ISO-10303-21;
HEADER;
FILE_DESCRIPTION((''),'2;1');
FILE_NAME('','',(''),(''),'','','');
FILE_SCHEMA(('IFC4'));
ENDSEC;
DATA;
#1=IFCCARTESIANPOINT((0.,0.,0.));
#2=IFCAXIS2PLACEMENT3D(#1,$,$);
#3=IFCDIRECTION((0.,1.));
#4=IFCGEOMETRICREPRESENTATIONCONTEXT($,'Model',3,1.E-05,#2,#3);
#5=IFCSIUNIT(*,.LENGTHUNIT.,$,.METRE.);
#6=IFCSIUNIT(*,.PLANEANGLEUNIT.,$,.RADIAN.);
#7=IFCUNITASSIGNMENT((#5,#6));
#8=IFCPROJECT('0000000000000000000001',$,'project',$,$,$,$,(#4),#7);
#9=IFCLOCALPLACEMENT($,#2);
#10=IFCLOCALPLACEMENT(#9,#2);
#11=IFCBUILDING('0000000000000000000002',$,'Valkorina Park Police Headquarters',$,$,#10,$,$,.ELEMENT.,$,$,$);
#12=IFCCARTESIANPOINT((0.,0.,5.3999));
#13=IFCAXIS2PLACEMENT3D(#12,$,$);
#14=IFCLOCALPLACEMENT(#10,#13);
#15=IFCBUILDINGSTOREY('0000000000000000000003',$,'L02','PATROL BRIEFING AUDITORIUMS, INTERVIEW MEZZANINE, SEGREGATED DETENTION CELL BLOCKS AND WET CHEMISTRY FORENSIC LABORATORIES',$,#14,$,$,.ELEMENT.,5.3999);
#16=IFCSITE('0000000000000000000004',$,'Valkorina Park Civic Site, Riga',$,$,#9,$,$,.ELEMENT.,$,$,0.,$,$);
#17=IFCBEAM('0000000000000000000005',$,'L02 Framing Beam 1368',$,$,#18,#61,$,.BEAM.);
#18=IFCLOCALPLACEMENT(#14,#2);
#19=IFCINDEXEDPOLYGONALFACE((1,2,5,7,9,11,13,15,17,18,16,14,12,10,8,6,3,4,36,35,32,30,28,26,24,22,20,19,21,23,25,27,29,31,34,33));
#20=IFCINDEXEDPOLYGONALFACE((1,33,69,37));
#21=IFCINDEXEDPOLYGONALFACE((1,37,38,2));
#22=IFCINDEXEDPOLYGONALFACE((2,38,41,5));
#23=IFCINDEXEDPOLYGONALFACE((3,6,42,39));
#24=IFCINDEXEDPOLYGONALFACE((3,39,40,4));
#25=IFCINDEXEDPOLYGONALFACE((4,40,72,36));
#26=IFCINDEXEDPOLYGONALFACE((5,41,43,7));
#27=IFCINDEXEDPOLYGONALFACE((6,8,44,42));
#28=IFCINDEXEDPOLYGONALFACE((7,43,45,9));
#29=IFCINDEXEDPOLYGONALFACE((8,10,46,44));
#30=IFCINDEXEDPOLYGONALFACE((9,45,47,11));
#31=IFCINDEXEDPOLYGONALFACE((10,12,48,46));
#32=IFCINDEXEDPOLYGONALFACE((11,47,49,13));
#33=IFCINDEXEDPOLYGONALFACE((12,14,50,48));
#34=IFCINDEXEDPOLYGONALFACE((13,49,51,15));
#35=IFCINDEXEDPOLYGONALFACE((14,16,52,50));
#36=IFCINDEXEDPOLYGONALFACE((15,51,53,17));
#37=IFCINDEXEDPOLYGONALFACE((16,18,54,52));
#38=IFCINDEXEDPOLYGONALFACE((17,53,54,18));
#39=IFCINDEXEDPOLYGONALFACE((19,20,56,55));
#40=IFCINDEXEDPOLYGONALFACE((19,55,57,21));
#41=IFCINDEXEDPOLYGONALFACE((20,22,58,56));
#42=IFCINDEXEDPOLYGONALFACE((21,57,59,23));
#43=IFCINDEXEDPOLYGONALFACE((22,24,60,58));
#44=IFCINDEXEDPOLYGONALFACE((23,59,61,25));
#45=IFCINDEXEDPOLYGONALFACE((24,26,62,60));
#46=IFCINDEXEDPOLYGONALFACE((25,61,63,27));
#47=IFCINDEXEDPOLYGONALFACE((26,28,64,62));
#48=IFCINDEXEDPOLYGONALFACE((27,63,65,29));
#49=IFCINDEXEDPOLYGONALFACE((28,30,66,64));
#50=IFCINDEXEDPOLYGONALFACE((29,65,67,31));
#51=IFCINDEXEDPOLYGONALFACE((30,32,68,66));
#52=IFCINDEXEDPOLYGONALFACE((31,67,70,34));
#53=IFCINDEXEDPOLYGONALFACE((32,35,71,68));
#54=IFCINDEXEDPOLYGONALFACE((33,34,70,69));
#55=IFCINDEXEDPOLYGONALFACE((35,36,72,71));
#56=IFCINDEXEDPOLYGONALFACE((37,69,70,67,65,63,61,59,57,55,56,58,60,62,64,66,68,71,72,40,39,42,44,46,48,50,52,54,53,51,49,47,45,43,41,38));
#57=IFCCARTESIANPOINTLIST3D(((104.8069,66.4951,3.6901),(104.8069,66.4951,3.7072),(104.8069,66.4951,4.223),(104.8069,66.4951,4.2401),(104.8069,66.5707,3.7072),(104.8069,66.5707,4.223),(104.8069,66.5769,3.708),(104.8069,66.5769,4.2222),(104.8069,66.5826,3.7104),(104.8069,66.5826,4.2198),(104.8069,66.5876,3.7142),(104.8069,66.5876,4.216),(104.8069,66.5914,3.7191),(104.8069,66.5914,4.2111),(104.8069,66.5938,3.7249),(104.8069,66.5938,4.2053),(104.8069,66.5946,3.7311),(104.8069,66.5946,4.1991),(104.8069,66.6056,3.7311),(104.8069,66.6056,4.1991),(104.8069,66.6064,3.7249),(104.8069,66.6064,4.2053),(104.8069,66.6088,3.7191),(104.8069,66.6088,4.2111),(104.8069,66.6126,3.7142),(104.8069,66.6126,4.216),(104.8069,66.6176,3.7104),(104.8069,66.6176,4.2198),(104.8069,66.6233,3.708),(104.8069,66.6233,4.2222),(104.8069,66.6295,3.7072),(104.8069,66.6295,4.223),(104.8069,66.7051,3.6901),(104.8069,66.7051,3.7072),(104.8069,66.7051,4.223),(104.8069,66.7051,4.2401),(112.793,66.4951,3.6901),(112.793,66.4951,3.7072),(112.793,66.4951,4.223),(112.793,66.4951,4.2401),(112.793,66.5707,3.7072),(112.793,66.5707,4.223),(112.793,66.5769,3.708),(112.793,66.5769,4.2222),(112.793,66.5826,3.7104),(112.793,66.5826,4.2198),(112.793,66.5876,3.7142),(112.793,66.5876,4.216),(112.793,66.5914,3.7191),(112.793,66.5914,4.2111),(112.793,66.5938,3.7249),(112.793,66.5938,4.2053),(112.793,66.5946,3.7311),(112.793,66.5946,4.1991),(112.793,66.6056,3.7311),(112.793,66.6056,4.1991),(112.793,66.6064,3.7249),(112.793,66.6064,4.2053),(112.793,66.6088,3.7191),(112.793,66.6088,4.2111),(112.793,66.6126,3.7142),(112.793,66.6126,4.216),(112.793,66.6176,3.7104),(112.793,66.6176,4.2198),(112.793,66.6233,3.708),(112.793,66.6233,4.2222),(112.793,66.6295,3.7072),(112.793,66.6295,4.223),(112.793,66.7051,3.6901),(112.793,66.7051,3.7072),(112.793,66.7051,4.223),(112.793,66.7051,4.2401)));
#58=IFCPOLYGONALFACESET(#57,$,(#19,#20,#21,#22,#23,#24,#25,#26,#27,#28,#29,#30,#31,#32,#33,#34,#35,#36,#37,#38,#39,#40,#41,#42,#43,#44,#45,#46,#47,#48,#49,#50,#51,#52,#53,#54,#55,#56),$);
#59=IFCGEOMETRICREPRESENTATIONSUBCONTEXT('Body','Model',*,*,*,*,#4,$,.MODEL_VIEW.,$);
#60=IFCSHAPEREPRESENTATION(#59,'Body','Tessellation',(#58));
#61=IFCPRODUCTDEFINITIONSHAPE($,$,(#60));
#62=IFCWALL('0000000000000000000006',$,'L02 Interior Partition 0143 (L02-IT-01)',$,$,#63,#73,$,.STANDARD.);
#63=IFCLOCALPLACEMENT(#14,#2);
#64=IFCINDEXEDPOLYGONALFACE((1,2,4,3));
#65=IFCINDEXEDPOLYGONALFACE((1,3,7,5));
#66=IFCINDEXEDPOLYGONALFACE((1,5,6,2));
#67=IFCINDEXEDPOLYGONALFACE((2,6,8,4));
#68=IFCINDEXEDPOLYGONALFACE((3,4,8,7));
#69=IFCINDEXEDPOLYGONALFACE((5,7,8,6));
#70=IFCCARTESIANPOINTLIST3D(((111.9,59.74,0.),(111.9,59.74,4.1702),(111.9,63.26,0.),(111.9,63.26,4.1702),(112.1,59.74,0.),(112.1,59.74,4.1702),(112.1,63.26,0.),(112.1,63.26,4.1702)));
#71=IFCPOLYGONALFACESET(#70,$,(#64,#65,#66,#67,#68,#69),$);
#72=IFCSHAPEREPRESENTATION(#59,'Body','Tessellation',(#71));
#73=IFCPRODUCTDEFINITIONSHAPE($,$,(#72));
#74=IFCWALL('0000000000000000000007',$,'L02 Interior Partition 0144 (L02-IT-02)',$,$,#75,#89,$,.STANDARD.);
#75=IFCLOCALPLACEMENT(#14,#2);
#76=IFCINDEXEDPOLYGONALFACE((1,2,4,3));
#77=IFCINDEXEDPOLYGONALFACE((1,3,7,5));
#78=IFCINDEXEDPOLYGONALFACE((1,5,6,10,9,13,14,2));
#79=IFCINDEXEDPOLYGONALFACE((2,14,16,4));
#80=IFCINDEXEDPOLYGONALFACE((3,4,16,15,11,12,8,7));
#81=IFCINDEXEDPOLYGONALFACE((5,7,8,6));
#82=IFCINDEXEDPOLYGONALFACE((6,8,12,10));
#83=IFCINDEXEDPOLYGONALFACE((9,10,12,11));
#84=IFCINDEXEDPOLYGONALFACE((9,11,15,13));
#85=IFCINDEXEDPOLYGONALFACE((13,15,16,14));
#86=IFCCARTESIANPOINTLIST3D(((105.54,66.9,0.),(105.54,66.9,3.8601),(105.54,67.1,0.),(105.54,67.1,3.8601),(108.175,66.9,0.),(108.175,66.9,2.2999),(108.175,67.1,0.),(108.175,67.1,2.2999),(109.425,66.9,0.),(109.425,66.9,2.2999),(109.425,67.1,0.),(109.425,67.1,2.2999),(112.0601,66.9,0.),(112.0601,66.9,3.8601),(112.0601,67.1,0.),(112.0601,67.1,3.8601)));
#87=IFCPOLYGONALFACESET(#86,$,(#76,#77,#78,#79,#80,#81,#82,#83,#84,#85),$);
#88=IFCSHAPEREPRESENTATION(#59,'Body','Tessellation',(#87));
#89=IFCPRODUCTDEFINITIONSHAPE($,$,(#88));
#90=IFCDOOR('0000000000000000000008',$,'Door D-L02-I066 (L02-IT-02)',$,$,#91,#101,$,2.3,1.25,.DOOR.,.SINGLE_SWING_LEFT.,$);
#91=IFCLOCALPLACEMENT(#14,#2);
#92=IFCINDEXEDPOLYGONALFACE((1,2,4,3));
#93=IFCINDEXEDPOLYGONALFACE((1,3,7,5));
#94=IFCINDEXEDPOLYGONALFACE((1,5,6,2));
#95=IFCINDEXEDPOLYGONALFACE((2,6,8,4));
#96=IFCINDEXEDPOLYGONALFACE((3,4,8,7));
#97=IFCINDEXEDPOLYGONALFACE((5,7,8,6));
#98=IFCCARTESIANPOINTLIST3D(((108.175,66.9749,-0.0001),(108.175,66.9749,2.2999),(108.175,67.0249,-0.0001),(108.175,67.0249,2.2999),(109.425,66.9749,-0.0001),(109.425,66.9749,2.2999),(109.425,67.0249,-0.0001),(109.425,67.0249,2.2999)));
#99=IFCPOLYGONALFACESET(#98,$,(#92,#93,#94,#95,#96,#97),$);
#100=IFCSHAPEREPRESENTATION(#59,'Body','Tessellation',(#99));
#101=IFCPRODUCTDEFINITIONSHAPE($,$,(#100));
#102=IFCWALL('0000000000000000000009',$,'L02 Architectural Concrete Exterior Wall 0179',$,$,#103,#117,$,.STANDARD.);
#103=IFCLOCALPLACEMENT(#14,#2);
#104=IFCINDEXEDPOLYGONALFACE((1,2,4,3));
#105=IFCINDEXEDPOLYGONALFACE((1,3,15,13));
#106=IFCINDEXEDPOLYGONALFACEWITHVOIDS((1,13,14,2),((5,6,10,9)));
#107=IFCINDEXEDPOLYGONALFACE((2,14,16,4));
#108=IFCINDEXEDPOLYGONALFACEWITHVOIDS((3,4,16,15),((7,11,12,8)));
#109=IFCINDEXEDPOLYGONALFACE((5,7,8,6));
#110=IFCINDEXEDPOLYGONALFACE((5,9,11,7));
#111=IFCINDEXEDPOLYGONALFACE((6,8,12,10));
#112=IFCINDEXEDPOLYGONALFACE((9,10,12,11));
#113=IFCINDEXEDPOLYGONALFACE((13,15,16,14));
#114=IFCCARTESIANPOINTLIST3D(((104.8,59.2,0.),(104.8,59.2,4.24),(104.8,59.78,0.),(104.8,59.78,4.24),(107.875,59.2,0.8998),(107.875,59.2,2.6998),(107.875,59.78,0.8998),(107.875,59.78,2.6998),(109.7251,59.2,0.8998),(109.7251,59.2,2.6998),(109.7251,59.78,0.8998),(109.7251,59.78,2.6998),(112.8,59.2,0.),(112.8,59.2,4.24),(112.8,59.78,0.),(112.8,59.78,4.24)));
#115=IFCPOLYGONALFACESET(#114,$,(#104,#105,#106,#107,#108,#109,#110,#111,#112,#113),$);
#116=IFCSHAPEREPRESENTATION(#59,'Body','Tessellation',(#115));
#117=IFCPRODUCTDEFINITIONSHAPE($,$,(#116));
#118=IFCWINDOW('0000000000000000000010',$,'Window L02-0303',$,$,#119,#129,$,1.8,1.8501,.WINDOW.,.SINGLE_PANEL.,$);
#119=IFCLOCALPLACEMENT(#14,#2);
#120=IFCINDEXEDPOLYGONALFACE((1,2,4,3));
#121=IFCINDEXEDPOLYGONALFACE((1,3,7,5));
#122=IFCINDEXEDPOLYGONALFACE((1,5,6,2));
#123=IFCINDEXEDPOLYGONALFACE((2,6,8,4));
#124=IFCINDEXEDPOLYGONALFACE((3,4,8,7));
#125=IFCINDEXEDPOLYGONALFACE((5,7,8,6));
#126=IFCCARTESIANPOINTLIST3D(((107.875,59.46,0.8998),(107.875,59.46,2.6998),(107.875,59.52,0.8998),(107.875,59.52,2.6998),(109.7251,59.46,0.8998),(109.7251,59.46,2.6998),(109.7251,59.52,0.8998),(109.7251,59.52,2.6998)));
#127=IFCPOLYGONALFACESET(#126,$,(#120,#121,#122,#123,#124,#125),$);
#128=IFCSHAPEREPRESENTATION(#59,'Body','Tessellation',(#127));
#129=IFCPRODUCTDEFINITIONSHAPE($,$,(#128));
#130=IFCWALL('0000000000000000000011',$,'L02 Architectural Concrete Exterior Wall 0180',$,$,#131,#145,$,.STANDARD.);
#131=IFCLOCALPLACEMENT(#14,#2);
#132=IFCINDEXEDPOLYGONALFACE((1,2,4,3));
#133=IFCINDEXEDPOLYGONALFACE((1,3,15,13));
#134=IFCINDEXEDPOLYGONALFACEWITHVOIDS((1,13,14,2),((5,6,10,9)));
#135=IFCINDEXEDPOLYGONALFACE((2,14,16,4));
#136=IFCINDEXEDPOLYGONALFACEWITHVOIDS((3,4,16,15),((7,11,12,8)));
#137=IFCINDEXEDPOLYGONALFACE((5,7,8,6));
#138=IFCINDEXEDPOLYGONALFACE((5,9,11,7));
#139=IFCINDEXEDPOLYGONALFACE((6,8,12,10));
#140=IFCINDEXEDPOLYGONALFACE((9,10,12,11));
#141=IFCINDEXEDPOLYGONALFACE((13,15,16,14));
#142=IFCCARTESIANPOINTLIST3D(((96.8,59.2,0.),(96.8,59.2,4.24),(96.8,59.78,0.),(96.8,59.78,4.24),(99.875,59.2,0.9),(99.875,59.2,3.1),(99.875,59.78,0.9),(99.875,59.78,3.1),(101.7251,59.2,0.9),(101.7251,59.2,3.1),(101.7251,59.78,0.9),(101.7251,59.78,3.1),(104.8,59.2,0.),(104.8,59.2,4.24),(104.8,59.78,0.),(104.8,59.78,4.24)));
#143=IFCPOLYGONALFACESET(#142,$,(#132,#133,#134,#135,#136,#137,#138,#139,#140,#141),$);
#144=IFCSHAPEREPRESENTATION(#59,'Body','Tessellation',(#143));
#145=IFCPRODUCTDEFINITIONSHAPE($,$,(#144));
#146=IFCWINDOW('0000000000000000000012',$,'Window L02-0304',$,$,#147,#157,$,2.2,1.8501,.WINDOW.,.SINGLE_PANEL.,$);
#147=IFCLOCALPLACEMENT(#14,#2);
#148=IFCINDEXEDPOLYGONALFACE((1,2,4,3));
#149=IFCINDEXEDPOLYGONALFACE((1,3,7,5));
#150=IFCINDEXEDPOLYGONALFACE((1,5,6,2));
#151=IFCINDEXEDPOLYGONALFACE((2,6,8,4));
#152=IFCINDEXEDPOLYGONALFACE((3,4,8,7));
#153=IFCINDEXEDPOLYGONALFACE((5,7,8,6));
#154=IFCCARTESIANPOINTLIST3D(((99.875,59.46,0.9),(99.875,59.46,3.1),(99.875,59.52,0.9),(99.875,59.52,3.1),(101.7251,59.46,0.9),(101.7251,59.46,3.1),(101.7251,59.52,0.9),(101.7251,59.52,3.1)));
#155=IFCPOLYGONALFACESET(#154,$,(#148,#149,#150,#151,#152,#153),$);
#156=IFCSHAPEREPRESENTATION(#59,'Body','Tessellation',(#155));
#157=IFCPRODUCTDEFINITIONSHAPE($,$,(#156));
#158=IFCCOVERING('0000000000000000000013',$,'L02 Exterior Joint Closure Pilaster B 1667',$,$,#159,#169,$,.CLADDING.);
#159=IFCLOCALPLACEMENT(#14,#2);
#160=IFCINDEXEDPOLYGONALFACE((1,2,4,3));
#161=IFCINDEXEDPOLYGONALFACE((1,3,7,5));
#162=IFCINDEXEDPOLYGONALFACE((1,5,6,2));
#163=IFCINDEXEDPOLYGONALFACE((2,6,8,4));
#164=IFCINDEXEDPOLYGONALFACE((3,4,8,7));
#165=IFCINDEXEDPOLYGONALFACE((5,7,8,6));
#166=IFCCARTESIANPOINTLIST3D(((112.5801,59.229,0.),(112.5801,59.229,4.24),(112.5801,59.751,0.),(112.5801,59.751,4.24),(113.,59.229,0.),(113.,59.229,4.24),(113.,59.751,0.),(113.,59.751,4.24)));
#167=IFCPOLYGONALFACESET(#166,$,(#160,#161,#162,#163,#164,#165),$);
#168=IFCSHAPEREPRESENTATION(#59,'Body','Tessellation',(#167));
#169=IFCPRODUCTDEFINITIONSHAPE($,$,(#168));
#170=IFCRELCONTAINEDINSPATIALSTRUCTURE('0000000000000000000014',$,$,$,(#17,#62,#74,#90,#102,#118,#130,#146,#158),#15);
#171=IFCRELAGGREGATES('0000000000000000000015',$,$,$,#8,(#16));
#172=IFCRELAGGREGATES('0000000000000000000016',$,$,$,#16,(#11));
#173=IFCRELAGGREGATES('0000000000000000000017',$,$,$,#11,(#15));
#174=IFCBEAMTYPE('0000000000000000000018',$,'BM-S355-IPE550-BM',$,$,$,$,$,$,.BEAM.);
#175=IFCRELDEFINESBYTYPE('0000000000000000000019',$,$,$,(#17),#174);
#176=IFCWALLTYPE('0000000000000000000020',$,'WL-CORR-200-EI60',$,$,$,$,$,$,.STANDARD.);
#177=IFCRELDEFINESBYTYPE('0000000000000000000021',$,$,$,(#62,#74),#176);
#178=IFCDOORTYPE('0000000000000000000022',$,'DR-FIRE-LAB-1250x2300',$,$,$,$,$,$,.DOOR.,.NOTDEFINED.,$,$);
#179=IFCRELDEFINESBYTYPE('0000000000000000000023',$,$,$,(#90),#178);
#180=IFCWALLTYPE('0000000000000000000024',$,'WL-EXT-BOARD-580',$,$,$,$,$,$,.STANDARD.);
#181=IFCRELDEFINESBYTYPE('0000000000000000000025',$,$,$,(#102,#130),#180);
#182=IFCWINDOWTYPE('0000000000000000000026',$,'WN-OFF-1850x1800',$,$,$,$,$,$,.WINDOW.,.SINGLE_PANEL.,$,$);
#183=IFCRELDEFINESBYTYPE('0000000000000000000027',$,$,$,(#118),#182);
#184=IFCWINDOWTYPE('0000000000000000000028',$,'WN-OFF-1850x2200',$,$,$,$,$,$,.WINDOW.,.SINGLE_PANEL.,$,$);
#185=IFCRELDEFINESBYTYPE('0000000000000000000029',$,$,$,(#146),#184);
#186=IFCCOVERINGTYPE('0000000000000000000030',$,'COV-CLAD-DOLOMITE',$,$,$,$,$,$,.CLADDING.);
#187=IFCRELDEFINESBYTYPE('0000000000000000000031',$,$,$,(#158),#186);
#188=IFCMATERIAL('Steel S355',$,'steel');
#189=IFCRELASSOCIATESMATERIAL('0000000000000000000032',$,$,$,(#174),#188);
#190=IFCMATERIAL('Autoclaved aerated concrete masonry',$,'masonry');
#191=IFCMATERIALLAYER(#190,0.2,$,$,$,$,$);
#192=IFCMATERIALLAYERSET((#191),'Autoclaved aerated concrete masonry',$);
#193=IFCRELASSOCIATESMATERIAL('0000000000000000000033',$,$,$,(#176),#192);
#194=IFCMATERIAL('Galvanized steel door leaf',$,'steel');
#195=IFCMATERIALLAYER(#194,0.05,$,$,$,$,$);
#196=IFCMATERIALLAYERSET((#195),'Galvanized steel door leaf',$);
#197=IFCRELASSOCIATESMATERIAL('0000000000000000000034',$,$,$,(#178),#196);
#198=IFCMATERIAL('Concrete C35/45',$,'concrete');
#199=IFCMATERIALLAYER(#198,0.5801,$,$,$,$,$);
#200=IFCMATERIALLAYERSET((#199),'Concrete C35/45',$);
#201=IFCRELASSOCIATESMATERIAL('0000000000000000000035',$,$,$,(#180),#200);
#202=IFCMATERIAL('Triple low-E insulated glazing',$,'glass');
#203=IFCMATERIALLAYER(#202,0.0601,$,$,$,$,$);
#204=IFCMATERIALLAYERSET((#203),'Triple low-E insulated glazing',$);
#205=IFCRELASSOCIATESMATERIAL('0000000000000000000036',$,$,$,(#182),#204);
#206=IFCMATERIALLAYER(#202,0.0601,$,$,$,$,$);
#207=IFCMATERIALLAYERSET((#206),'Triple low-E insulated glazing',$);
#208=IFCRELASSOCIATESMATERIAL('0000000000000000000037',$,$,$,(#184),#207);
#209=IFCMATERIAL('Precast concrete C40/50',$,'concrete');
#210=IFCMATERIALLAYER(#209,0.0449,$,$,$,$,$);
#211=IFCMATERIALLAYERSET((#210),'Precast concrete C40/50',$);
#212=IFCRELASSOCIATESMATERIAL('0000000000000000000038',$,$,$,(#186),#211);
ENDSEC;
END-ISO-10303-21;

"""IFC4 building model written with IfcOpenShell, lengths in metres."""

from ifc_helpers import new_model, si_unit, direction, frame, frame_2d, origin, origin_2d, place, context, subcontext, project, spatial, rectangle, i_section, extrude, material, layer, layer_set, material_profile, profile_set, type_object, element, fill, save


model = new_model("IFC4")

# Units and contexts
model_context = context("Model", 3, precision=1e-05, world=origin(), true_north=direction((0.0, 1.0)))
body_context = subcontext(model_context, "Body", "Model", "MODEL_VIEW")
ifc_project = project(units=[si_unit("LENGTHUNIT", "METRE"), si_unit("PLANEANGLEUNIT", "RADIAN")], contexts=[model_context])

# Site, building, storey
site_placement = place(None, origin())
site = spatial("IfcSite", under=ifc_project, at=site_placement, Name="Valkorina Park Civic Site, Riga", CompositionType="ELEMENT", RefElevation=0.0)
building_placement = place(site_placement, origin())
building = spatial("IfcBuilding", under=site, at=building_placement, Name="Valkorina Park Police Headquarters", CompositionType="ELEMENT")
storey_placement = place(building_placement, frame((0.0, 0.0, 5.3999)))
storey = spatial("IfcBuildingStorey", under=building, at=storey_placement, Name="L02", Description="PATROL BRIEFING AUDITORIUMS, INTERVIEW MEZZANINE, SEGREGATED DETENTION CELL BLOCKS AND WET CHEMISTRY FORENSIC LABORATORIES", CompositionType="ELEMENT", Elevation=5.3999)

# Shared definitions
ifc_material_1 = material(Name="Steel S355", Category="steel")

# Beam
ifc_material_profile_1 = material_profile(ifc_material_1, i_section(OverallWidth=0.21, OverallDepth=0.55, WebThickness=0.011, FlangeThickness=0.0171, FilletRadius=0.0239, at=origin_2d()), Name="IPE 550")
ifc_profile_set_1 = profile_set([ifc_material_profile_1], Name="Steel S355")
beam_type_1 = type_object("IfcBeamType", Name="BM-S355-IPE550-BM", PredefinedType="BEAM", material=ifc_profile_set_1)
beam_placement = place(storey_placement, frame((104.8069, 66.6001, 3.9651), z_axis=(1.0, 0.0, 0.0), x_axis=(0.0, 1.0, 0.0)))
element("IfcBeam", 1, at=beam_placement, inside=storey, type_object=beam_type_1, Name="L02 Framing Beam 1368", PredefinedType="BEAM", context=body_context, shape_type="SweptSolid", body=[
    extrude(i_section(OverallWidth=0.21, OverallDepth=0.55, WebThickness=0.011, FlangeThickness=0.0171, FilletRadius=0.0239, at=origin_2d()), origin(), (0.0, 0.0, 1.0), 7.9861),
])

# Wall
ifc_material_2 = material(Name="Autoclaved aerated concrete masonry", Category="masonry")
ifc_layer_1 = layer(ifc_material_2, 0.2)
ifc_layer_set_1 = layer_set([ifc_layer_1], Name="Autoclaved aerated concrete masonry")
wall_type_1 = type_object("IfcWallType", Name="WL-CORR-200-EI60", PredefinedType="STANDARD", material=ifc_layer_set_1)
wall_1_placement = place(storey_placement, frame((112.0, 59.74, 0.0), z_axis=(0.0, 0.0, 1.0), x_axis=(0.0, 1.0, 0.0)))
element("IfcWall", 2, at=wall_1_placement, inside=storey, type_object=wall_type_1, Name="L02 Interior Partition 0143 (L02-IT-01)", PredefinedType="STANDARD", context=body_context, shape_type="SweptSolid", body=[
    extrude(rectangle(XDim=3.52, YDim=0.2, at=frame_2d((1.76, 0.0))), origin(), (0.0, 0.0, 1.0), 4.1702),
])

# Wall, opening, door
wall_2_placement = place(storey_placement, frame((105.54, 67.0, 0.0), z_axis=(0.0, 0.0, 1.0), x_axis=(1.0, 0.0, 0.0)))
wall_2 = element("IfcWall", 3, at=wall_2_placement, inside=storey, type_object=wall_type_1, Name="L02 Interior Partition 0144 (L02-IT-02)", PredefinedType="STANDARD", context=body_context, shape_type="SweptSolid", body=[
    extrude(rectangle(XDim=6.52, YDim=0.2, at=frame_2d((3.26, 0.0))), origin(), (0.0, 0.0, 1.0), 3.8601),
])
opening_1_placement = place(wall_2_placement, frame((2.635, 0.0, 0.0)))
opening_1 = element("IfcOpeningElement", 4, at=opening_1_placement, cuts=wall_2, PredefinedType="OPENING", context=body_context, shape_type="SweptSolid", body=[
    extrude(rectangle(XDim=1.25, YDim=2.3, at=frame_2d((0.625, 1.1499))), frame((0.0, 0.1099, 0.0), z_axis=(0.0, -1.0, 0.0), x_axis=(1.0, 0.0, 0.0)), (0.0, 0.0, 1.0), 0.22),
])
ifc_material_3 = material(Name="Galvanized steel door leaf", Category="steel")
ifc_layer_2 = layer(ifc_material_3, 0.05)
ifc_layer_set_2 = layer_set([ifc_layer_2], Name="Galvanized steel door leaf")
door_type = type_object("IfcDoorType", Name="DR-FIRE-LAB-1250x2300", OperationType="NOTDEFINED", PredefinedType="DOOR", material=ifc_layer_set_2)
door_placement = place(opening_1_placement, origin())
door = element("IfcDoor", 5, at=door_placement, inside=storey, type_object=door_type, Name="Door D-L02-I066 (L02-IT-02)", OperationType="SINGLE_SWING_LEFT", OverallHeight=2.3, OverallWidth=1.25, PredefinedType="DOOR", context=body_context, shape_type="SweptSolid", body=[
    extrude(rectangle(XDim=1.25, YDim=2.3, at=frame_2d((0.625, 1.1499))), frame((0.0, 0.0249, 0.0), z_axis=(0.0, -1.0, 0.0), x_axis=(1.0, 0.0, 0.0)), (0.0, 0.0, 1.0), 0.05),
])
fill(opening_1, door)

# Walls, openings, windows
ifc_material_4 = material(Name="Concrete C35/45", Category="concrete")
ifc_layer_3 = layer(ifc_material_4, 0.5801)
ifc_layer_set_3 = layer_set([ifc_layer_3], Name="Concrete C35/45")
wall_type_2 = type_object("IfcWallType", Name="WL-EXT-BOARD-580", PredefinedType="STANDARD", material=ifc_layer_set_3)
wall_3_placement = place(storey_placement, frame((112.8, 59.49, 0.0), z_axis=(0.0, 0.0, 1.0), x_axis=(-1.0, 0.0, 0.0)))
wall_3 = element("IfcWall", 6, at=wall_3_placement, inside=storey, type_object=wall_type_2, Name="L02 Architectural Concrete Exterior Wall 0179", PredefinedType="STANDARD", context=body_context, shape_type="SweptSolid", body=[
    extrude(rectangle(XDim=8.0, YDim=0.5801, at=frame_2d((4.0, 0.0))), origin(), (0.0, 0.0, 1.0), 4.24),
])
opening_2_placement = place(wall_3_placement, frame((3.075, 0.0, 0.8999)))
opening_2 = element("IfcOpeningElement", 7, at=opening_2_placement, cuts=wall_3, PredefinedType="OPENING", context=body_context, shape_type="SweptSolid", body=[
    extrude(rectangle(XDim=1.8501, YDim=1.8, at=frame_2d((0.925, 0.8999))), frame((0.0, 0.3, 0.0), z_axis=(0.0, -1.0, 0.0), x_axis=(1.0, 0.0, 0.0)), (0.0, 0.0, 1.0), 0.6001),
])
ifc_material_5 = material(Name="Triple low-E insulated glazing", Category="glass")
ifc_layer_4 = layer(ifc_material_5, 0.0601)
ifc_layer_set_4 = layer_set([ifc_layer_4], Name="Triple low-E insulated glazing")
window_type_1 = type_object("IfcWindowType", Name="WN-OFF-1850x1800", PartitioningType="SINGLE_PANEL", PredefinedType="WINDOW", material=ifc_layer_set_4)
window_1_placement = place(opening_2_placement, origin())
window_1 = element("IfcWindow", 8, at=window_1_placement, inside=storey, type_object=window_type_1, Name="Window L02-0303", OverallHeight=1.8, OverallWidth=1.8501, PartitioningType="SINGLE_PANEL", PredefinedType="WINDOW", context=body_context, shape_type="SweptSolid", body=[
    extrude(rectangle(XDim=1.8501, YDim=1.8, at=frame_2d((0.925, 0.8999))), frame((0.0, 0.03, 0.0), z_axis=(0.0, -1.0, 0.0), x_axis=(1.0, 0.0, 0.0)), (0.0, 0.0, 1.0), 0.0601),
])
fill(opening_2, window_1)
wall_4_placement = place(storey_placement, frame((104.8, 59.49, 0.0), z_axis=(0.0, 0.0, 1.0), x_axis=(-1.0, 0.0, 0.0)))
wall_4 = element("IfcWall", 9, at=wall_4_placement, inside=storey, type_object=wall_type_2, Name="L02 Architectural Concrete Exterior Wall 0180", PredefinedType="STANDARD", context=body_context, shape_type="SweptSolid", body=[
    extrude(rectangle(XDim=8.0, YDim=0.5801, at=frame_2d((4.0, 0.0))), origin(), (0.0, 0.0, 1.0), 4.24),
])
opening_3_placement = place(wall_4_placement, frame((3.075, 0.0, 0.8999)))
opening_3 = element("IfcOpeningElement", 10, at=opening_3_placement, cuts=wall_4, PredefinedType="OPENING", context=body_context, shape_type="SweptSolid", body=[
    extrude(rectangle(XDim=1.8501, YDim=2.2, at=frame_2d((0.925, 1.1001))), frame((0.0, 0.3, 0.0), z_axis=(0.0, -1.0, 0.0), x_axis=(1.0, 0.0, 0.0)), (0.0, 0.0, 1.0), 0.6001),
])
ifc_layer_5 = layer(ifc_material_5, 0.0601)
ifc_layer_set_5 = layer_set([ifc_layer_5], Name="Triple low-E insulated glazing")
window_type_2 = type_object("IfcWindowType", Name="WN-OFF-1850x2200", PartitioningType="SINGLE_PANEL", PredefinedType="WINDOW", material=ifc_layer_set_5)
window_2_placement = place(opening_3_placement, origin())
window_2 = element("IfcWindow", 11, at=window_2_placement, inside=storey, type_object=window_type_2, Name="Window L02-0304", OverallHeight=2.2, OverallWidth=1.8501, PartitioningType="SINGLE_PANEL", PredefinedType="WINDOW", context=body_context, shape_type="SweptSolid", body=[
    extrude(rectangle(XDim=1.8501, YDim=2.2, at=frame_2d((0.925, 1.1001))), frame((0.0, 0.03, 0.0), z_axis=(0.0, -1.0, 0.0), x_axis=(1.0, 0.0, 0.0)), (0.0, 0.0, 1.0), 0.0601),
])
fill(opening_3, window_2)

# Covering
ifc_material_6 = material(Name="Precast concrete C40/50", Category="concrete")
ifc_layer_6 = layer(ifc_material_6, 0.0449)
ifc_layer_set_6 = layer_set([ifc_layer_6], Name="Precast concrete C40/50")
covering_type = type_object("IfcCoveringType", Name="COV-CLAD-DOLOMITE", PredefinedType="CLADDING", material=ifc_layer_set_6)
for number, where, z_axis, x_axis, name in (
    (12, (112.79, 59.49, 0.0), (0.0, 0.0, 1.0), (1.0, 0.0, 0.0), "L02 Exterior Joint Closure Pilaster B 1667"),
):
    element("IfcCovering", number, at=place(storey_placement, frame(where, z_axis=z_axis, x_axis=x_axis)), inside=storey, type_object=covering_type, Name=name, PredefinedType="CLADDING", context=body_context, shape_type="SweptSolid", body=[
        extrude(rectangle(XDim=0.4199, YDim=0.522, at=origin_2d()), origin(), (0.0, 0.0, 1.0), 4.24),
    ])

save(model, "model.ifc")
